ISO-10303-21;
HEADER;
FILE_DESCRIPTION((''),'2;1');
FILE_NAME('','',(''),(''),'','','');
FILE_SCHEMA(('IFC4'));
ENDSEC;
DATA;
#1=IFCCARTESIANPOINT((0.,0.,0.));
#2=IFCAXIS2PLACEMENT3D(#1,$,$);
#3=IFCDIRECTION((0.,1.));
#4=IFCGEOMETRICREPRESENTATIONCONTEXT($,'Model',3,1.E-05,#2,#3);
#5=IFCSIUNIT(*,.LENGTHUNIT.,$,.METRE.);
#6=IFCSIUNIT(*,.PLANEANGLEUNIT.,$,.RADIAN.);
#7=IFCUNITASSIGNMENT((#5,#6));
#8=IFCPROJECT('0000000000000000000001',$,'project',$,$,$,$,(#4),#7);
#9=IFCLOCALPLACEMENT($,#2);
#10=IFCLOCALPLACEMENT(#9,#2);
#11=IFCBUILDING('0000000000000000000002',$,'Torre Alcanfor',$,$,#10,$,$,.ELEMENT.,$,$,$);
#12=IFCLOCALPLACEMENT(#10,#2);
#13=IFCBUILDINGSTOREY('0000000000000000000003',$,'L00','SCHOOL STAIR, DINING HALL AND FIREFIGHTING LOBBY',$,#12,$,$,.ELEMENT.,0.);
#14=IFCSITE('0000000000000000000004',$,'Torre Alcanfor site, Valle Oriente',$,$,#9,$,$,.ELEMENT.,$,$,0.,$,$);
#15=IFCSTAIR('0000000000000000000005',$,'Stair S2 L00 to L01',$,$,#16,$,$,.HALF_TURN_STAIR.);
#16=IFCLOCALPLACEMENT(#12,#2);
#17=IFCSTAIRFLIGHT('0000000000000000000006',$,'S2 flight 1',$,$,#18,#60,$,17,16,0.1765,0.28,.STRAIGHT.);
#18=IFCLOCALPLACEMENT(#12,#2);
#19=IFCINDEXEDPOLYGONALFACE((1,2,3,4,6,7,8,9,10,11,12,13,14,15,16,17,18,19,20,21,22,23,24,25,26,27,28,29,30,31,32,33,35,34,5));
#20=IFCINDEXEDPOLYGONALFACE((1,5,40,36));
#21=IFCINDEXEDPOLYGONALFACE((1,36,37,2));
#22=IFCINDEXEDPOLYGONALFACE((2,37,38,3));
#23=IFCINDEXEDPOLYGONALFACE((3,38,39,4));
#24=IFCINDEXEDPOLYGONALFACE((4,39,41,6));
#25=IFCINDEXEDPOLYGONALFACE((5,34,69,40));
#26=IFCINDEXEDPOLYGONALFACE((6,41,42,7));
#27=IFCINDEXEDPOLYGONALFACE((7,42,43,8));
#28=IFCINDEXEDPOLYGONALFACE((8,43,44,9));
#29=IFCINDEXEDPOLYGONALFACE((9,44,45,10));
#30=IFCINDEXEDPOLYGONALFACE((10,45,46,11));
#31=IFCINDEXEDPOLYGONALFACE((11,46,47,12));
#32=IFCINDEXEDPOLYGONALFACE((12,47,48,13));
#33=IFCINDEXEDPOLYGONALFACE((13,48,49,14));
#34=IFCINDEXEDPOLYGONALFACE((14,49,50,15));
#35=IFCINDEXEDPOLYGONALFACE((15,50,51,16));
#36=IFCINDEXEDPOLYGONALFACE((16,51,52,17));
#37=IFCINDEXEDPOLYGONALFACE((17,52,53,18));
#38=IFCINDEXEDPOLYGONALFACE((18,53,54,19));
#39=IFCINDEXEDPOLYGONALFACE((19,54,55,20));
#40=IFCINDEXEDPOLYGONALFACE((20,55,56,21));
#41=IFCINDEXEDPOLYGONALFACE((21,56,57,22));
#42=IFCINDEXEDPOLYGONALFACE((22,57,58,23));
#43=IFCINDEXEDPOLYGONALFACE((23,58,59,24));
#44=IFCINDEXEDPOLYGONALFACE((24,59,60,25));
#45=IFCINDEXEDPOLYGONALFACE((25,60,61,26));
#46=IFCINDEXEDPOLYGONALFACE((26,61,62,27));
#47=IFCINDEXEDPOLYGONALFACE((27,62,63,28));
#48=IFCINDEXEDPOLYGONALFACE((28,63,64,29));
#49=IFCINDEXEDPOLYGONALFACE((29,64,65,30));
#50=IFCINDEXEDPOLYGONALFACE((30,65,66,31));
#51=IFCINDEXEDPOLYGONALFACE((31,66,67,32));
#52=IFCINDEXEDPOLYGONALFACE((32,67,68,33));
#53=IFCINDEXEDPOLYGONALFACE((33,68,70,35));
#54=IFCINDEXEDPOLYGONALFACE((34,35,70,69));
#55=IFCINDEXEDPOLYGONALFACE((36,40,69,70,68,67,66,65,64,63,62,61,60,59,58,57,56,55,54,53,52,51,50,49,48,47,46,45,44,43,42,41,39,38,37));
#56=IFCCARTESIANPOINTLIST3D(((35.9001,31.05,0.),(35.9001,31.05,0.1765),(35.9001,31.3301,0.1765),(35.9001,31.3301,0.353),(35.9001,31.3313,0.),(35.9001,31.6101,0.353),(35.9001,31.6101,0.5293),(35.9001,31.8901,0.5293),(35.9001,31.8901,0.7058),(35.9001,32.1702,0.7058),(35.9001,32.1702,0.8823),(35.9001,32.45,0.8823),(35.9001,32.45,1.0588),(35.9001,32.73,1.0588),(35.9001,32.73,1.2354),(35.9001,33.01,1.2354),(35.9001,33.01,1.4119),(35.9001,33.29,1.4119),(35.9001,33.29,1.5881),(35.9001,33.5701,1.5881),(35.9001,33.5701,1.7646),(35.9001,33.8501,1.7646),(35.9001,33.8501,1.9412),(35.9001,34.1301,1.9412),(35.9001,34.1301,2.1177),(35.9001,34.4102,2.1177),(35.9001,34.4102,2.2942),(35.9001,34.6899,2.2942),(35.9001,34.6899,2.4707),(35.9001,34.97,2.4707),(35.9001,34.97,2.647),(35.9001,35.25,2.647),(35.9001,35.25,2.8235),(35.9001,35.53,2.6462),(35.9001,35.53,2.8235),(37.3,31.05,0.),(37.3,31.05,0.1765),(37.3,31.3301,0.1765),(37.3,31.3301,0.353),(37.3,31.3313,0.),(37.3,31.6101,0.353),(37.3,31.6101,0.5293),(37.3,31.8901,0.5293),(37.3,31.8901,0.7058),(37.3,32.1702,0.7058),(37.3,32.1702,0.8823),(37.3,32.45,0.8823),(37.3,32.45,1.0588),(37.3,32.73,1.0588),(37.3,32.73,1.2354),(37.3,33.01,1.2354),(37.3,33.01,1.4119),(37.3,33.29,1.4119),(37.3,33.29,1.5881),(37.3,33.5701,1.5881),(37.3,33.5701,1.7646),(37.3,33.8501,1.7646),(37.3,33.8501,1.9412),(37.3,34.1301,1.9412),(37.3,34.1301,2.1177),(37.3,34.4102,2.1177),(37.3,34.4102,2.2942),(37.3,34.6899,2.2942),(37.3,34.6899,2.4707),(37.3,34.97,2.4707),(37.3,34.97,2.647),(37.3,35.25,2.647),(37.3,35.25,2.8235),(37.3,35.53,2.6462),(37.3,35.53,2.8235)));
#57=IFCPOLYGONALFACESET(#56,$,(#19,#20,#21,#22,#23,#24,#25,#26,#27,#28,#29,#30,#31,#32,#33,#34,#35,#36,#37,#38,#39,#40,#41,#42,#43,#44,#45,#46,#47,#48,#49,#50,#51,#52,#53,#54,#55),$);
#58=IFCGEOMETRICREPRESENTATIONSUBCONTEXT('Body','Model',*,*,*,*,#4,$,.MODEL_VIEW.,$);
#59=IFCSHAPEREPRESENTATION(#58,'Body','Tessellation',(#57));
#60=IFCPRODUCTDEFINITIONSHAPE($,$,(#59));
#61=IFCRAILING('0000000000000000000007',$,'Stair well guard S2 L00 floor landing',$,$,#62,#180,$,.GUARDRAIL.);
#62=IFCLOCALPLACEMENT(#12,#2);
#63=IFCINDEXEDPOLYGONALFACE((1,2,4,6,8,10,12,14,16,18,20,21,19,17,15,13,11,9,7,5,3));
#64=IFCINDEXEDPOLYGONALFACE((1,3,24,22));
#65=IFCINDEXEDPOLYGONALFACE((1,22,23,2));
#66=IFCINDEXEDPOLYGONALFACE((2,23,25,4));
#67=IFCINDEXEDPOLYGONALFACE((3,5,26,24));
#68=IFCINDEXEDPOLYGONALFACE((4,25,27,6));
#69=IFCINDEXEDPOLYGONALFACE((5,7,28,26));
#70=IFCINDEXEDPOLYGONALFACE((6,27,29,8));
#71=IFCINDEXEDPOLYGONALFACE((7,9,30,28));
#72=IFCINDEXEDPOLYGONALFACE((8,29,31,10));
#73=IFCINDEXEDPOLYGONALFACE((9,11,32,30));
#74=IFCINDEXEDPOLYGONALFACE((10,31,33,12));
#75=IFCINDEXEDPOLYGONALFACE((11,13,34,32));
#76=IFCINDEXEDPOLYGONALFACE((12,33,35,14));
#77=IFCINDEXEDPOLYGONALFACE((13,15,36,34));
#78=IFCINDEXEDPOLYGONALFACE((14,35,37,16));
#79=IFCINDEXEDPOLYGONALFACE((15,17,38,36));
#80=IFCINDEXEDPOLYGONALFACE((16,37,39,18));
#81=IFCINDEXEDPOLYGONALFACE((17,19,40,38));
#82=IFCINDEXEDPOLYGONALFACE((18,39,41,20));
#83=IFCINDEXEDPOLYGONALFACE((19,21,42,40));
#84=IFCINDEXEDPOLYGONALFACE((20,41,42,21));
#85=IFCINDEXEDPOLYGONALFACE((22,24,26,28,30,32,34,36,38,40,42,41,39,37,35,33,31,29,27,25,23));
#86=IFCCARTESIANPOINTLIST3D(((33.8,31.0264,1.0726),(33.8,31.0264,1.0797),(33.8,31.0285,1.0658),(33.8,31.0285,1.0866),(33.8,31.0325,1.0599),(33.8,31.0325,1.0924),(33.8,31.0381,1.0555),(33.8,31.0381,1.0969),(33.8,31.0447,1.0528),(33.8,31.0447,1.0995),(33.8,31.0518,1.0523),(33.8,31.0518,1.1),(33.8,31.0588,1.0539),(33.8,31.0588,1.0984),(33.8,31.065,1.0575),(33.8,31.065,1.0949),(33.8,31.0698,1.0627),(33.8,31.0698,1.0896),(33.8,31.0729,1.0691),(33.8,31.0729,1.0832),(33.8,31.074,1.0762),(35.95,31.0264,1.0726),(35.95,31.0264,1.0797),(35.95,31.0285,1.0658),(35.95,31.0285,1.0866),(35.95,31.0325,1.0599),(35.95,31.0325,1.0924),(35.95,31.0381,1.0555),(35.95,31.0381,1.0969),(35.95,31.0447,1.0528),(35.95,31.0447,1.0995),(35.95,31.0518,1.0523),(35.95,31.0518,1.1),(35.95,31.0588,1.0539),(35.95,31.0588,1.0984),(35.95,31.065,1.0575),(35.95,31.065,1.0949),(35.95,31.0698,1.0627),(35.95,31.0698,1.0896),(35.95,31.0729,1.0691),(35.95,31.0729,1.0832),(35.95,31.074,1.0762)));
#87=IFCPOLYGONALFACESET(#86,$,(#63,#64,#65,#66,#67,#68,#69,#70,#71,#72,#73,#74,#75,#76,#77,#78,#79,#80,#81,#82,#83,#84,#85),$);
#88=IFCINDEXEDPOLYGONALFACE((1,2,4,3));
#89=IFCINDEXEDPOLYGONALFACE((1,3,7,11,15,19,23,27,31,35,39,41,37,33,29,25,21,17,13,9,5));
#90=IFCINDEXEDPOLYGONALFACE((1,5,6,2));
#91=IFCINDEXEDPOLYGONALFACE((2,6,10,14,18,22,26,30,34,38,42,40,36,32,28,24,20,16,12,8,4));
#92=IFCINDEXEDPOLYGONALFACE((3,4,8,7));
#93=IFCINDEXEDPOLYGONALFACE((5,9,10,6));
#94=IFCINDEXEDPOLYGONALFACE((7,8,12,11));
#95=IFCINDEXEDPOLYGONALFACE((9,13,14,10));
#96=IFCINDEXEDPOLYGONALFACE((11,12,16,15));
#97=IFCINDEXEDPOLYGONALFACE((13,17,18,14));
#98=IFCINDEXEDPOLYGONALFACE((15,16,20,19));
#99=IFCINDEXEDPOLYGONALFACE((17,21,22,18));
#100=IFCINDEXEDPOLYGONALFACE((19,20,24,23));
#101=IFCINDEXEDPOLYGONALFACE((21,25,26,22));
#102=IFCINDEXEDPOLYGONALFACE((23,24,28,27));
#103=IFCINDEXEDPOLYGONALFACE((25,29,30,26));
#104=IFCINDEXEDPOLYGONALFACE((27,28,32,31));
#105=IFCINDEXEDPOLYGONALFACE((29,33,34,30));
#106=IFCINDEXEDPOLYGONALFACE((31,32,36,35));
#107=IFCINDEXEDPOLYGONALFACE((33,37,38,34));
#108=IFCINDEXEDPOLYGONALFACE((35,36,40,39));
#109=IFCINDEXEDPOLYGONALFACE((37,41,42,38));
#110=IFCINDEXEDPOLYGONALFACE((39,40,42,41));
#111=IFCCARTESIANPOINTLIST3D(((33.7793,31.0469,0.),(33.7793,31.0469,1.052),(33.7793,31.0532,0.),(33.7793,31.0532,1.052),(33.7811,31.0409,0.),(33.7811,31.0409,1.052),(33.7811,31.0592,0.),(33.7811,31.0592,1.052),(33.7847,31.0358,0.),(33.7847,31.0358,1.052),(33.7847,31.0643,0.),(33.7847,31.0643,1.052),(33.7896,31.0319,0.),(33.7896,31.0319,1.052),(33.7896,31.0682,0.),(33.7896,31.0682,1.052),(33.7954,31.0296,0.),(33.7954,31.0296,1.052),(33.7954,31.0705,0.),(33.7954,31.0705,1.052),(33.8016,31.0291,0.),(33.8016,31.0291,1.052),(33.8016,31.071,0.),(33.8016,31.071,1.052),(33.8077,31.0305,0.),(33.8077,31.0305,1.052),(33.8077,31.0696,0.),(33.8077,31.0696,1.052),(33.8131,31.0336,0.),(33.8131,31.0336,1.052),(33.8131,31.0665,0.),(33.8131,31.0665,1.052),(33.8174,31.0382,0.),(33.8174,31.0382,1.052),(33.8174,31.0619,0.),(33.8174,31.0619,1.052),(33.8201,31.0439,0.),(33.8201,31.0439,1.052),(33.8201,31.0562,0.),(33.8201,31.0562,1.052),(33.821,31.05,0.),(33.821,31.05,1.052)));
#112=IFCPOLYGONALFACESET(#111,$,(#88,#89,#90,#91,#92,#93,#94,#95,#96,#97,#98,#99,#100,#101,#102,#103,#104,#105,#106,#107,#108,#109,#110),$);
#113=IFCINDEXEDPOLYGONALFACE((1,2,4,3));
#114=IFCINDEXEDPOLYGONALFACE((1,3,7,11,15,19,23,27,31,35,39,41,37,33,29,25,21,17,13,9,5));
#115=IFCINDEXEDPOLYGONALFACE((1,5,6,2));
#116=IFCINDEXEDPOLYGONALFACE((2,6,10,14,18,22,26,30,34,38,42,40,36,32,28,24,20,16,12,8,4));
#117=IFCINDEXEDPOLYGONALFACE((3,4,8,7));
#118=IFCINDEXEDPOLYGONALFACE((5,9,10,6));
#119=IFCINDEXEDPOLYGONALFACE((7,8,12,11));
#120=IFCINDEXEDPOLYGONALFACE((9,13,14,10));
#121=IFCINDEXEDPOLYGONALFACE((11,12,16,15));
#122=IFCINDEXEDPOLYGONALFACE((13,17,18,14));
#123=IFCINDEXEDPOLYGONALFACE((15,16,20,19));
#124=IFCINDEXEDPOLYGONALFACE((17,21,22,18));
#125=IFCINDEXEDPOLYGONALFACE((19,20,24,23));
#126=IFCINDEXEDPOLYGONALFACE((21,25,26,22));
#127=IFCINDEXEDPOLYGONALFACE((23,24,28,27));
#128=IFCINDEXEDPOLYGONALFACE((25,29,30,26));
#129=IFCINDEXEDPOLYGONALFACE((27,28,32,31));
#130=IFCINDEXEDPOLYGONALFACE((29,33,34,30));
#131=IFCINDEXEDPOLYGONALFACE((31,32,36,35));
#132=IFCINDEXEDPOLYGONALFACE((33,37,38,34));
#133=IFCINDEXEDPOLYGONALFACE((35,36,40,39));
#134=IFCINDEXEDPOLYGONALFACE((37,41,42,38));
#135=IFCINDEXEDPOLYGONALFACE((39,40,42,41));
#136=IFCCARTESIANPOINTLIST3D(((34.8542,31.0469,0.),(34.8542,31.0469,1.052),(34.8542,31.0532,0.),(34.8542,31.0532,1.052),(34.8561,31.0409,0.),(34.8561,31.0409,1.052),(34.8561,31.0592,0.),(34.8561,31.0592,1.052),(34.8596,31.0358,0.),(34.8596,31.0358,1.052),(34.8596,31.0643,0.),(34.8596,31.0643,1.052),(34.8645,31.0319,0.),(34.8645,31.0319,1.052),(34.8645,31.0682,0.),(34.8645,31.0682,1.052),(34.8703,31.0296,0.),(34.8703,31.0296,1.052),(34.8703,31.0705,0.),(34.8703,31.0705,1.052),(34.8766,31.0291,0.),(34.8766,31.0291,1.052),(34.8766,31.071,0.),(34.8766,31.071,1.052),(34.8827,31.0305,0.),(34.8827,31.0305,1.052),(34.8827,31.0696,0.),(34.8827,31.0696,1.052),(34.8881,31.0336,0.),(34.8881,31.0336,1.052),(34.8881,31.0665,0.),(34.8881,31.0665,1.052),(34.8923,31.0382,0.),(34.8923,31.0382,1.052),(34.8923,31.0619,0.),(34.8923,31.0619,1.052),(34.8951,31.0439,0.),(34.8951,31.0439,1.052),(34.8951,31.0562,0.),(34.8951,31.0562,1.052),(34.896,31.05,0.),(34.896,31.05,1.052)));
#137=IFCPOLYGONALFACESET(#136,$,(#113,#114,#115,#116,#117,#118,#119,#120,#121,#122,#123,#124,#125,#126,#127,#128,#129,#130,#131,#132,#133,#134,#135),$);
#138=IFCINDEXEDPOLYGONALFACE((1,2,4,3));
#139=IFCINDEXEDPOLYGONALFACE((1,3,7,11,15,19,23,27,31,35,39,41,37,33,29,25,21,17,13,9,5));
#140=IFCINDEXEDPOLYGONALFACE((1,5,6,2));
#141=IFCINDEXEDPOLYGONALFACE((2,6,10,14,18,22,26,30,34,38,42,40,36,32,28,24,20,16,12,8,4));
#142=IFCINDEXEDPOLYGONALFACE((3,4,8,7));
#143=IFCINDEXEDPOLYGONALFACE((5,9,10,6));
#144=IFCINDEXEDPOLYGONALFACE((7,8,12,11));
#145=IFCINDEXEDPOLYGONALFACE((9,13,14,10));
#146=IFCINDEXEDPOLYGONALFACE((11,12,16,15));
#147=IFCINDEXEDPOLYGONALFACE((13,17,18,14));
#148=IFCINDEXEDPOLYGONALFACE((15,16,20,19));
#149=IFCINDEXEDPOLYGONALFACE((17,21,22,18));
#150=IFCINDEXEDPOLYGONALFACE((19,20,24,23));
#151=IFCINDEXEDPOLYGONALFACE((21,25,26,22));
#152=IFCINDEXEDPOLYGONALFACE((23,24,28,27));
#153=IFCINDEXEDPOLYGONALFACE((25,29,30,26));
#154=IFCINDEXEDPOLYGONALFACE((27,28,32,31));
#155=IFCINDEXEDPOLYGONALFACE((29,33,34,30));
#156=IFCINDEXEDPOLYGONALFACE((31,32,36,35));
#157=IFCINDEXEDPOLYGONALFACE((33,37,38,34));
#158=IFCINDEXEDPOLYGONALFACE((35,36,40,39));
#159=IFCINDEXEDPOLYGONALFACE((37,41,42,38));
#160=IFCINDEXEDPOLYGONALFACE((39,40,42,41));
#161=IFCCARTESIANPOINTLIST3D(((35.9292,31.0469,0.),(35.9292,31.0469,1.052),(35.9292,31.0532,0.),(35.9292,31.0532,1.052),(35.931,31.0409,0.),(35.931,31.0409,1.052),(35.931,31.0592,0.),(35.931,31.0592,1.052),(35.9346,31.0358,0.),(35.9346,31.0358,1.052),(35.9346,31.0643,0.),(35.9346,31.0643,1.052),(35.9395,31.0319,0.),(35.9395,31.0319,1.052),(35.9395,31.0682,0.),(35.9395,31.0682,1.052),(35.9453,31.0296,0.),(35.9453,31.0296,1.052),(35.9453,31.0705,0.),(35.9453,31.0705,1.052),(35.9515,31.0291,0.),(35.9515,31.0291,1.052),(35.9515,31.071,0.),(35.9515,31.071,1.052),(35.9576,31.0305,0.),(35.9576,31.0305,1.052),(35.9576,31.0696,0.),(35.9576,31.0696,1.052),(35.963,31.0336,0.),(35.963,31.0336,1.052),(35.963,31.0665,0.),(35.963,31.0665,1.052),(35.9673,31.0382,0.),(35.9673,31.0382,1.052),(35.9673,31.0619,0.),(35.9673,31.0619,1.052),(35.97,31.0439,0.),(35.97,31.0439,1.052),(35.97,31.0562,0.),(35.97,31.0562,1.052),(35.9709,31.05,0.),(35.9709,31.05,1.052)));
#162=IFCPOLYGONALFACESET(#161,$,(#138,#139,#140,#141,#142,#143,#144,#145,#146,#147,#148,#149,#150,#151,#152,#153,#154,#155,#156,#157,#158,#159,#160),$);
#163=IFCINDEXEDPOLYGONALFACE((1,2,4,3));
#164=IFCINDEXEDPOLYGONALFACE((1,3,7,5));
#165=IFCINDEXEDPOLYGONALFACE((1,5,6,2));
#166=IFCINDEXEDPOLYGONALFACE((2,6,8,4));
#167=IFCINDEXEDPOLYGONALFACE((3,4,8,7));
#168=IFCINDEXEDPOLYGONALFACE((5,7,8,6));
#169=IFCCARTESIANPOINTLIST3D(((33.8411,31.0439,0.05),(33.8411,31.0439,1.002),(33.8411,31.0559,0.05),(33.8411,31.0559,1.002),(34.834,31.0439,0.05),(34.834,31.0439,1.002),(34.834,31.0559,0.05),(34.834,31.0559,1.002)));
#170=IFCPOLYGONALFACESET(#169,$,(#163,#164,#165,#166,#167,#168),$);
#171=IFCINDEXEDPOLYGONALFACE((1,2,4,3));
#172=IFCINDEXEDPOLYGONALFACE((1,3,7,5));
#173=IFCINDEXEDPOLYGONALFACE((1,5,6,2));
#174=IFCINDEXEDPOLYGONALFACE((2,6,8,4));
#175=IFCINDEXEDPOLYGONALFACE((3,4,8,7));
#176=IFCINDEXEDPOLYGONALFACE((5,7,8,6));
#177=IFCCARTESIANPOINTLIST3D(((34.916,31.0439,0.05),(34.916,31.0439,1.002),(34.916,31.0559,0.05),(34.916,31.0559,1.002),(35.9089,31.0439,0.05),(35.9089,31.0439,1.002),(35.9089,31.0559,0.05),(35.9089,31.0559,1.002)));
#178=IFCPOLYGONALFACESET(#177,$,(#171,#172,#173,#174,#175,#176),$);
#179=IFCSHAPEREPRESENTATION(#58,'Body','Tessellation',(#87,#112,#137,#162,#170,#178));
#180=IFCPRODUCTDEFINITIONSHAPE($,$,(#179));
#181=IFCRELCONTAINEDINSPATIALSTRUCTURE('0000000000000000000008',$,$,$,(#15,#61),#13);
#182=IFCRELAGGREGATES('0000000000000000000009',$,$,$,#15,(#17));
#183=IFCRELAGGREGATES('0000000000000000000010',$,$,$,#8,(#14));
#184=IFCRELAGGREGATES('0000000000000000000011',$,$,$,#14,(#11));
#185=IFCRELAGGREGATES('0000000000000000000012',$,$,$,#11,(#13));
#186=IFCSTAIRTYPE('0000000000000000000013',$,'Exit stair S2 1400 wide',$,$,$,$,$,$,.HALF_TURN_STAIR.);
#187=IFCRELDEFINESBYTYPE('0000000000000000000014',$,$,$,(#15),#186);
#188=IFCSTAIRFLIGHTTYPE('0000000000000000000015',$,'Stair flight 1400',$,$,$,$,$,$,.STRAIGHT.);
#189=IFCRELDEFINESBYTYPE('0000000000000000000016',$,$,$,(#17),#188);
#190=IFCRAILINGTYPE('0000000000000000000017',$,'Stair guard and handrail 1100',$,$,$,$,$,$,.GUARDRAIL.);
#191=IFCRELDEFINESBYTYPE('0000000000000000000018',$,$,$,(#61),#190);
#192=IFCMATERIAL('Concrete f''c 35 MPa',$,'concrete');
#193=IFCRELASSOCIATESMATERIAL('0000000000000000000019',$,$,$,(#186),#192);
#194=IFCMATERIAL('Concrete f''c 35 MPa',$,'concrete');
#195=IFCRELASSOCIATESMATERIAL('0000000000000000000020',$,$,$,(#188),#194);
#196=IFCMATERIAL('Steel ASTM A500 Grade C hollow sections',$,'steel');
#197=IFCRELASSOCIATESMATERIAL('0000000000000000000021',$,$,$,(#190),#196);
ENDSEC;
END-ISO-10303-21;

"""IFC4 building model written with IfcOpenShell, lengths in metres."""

from ifc_helpers import new_model, si_unit, direction, frame, origin, origin_2d, place, context, subcontext, project, spatial, polyline, circle, outline, extrude, material, type_object, element, aggregate, save


model = new_model("IFC4")

# Units and contexts
model_context = context("Model", 3, precision=1e-05, world=origin(), true_north=direction((0.0, 1.0)))
body_context = subcontext(model_context, "Body", "Model", "MODEL_VIEW")
ifc_project = project(units=[si_unit("LENGTHUNIT", "METRE"), si_unit("PLANEANGLEUNIT", "RADIAN")], contexts=[model_context])

# Site, building, storey
site_placement = place(None, origin())
site = spatial("IfcSite", under=ifc_project, at=site_placement, Name="Torre Alcanfor site, Valle Oriente", CompositionType="ELEMENT", RefElevation=0.0)
building_placement = place(site_placement, origin())
building = spatial("IfcBuilding", under=site, at=building_placement, Name="Torre Alcanfor", CompositionType="ELEMENT")
storey_placement = place(building_placement, origin())
storey = spatial("IfcBuildingStorey", under=building, at=storey_placement, Name="L00", Description="SCHOOL STAIR, DINING HALL AND FIREFIGHTING LOBBY", CompositionType="ELEMENT", Elevation=0.0)

# Stair, stair flight
ifc_material_1 = material(Name="Concrete f'c 35 MPa", Category="concrete")
stair_type = type_object("IfcStairType", Name="Exit stair S2 1400 wide", PredefinedType="HALF_TURN_STAIR", material=ifc_material_1)
stair_placement = place(storey_placement, origin())
stair = element("IfcStair", 1, at=stair_placement, inside=storey, type_object=stair_type, Name="Stair S2 L00 to L01", PredefinedType="HALF_TURN_STAIR")
ifc_material_2 = material(Name="Concrete f'c 35 MPa", Category="concrete")
stair_flight_type = type_object("IfcStairFlightType", Name="Stair flight 1400", PredefinedType="STRAIGHT", material=ifc_material_2)
stair_flight_placement = place(storey_placement, frame((36.6001, 31.05, 0.0), z_axis=(0.0, 0.0, 1.0), x_axis=(0.0, 1.0, 0.0)))
stair_flight = element("IfcStairFlight", 2, at=stair_flight_placement, type_object=stair_flight_type, Name="S2 flight 1", NumberOfRisers=17, NumberOfTreads=16, PredefinedType="STRAIGHT", RiserHeight=0.1765, TreadLength=0.28, context=body_context, shape_type="SweptSolid", body=[
    extrude(outline(polyline([(0.0, 0.0), (0.0, 0.1765), (0.28, 0.1765), (0.28, 0.353), (0.5601, 0.353), (0.5601, 0.5293), (0.8401, 0.5293), (0.8401, 0.7058), (1.1201, 0.7058), (1.1201, 0.8823), (1.3999, 0.8823), (1.3999, 1.0588), (1.6799, 1.0588), (1.6799, 1.2354), (1.96, 1.2354), (1.96, 1.4119), (2.24, 1.4119), (2.24, 1.5881), (2.52, 1.5881), (2.52, 1.7646), (2.8, 1.7646), (2.8, 1.9412), (3.0801, 1.9412), (3.0801, 2.1177), (3.3601, 2.1177), (3.3601, 2.2942), (3.6399, 2.2942), (3.6399, 2.4707), (3.9199, 2.4707), (3.9199, 2.647), (4.2, 2.647), (4.2, 2.8235), (4.48, 2.8235), (4.48, 3.0), (4.48, 2.6462), (0.2812, 0.0), (0.0, 0.0)])), frame((0.0, 0.7, 0.0), z_axis=(0.0, -1.0, 0.0), x_axis=(1.0, 0.0, 0.0)), (0.0, 0.0, 1.0), 1.3999),
])
aggregate(stair, [stair_flight])

# Railing
ifc_material_3 = material(Name="Steel ASTM A500 Grade C hollow sections", Category="steel")
railing_type_1 = type_object("IfcRailingType", Name="Stair guard and handrail 1100", PredefinedType="GUARDRAIL", material=ifc_material_3)
railing_1_placement = place(storey_placement, frame((33.8, 31.05, 0.0)))
element("IfcRailing", 3, at=railing_1_placement, inside=storey, type_object=railing_type_1, Name="Stair well guard S2 L00 floor landing", PredefinedType="GUARDRAIL", context=body_context, shape_type="SweptSolid", body=[
    extrude(circle(Radius=0.0239, at=origin_2d()), frame((0.0, 0.0, 1.0762), z_axis=(1.0, 0.0, 0.0), x_axis=(0.0, 1.0, 0.0)), (0.0, 0.0, 1.0), 2.1499),
    extrude(circle(Radius=0.021, at=origin_2d()), origin(), (0.0, 0.0, 1.0), 1.052),
    extrude(circle(Radius=0.021, at=origin_2d()), frame((1.075, 0.0, 0.0)), (0.0, 0.0, 1.0), 1.052),
    extrude(circle(Radius=0.021, at=origin_2d()), frame((2.1499, 0.0, 0.0)), (0.0, 0.0, 1.0), 1.052),
    extrude(outline(polyline([(0.041, 0.05), (1.0339, 0.05), (1.0339, 1.002), (0.041, 1.002), (0.041, 0.05)])), frame((0.0, 0.0059, 0.0), z_axis=(0.0, -1.0, 0.0), x_axis=(1.0, 0.0, 0.0)), (0.0, 0.0, 1.0), 0.012),
    extrude(outline(polyline([(1.116, 0.05), (2.1089, 0.05), (2.1089, 1.002), (1.116, 1.002), (1.116, 0.05)])), frame((0.0, 0.0059, 0.0), z_axis=(0.0, -1.0, 0.0), x_axis=(1.0, 0.0, 0.0)), (0.0, 0.0, 1.0), 0.012),
])

save(model, "model.ifc")
